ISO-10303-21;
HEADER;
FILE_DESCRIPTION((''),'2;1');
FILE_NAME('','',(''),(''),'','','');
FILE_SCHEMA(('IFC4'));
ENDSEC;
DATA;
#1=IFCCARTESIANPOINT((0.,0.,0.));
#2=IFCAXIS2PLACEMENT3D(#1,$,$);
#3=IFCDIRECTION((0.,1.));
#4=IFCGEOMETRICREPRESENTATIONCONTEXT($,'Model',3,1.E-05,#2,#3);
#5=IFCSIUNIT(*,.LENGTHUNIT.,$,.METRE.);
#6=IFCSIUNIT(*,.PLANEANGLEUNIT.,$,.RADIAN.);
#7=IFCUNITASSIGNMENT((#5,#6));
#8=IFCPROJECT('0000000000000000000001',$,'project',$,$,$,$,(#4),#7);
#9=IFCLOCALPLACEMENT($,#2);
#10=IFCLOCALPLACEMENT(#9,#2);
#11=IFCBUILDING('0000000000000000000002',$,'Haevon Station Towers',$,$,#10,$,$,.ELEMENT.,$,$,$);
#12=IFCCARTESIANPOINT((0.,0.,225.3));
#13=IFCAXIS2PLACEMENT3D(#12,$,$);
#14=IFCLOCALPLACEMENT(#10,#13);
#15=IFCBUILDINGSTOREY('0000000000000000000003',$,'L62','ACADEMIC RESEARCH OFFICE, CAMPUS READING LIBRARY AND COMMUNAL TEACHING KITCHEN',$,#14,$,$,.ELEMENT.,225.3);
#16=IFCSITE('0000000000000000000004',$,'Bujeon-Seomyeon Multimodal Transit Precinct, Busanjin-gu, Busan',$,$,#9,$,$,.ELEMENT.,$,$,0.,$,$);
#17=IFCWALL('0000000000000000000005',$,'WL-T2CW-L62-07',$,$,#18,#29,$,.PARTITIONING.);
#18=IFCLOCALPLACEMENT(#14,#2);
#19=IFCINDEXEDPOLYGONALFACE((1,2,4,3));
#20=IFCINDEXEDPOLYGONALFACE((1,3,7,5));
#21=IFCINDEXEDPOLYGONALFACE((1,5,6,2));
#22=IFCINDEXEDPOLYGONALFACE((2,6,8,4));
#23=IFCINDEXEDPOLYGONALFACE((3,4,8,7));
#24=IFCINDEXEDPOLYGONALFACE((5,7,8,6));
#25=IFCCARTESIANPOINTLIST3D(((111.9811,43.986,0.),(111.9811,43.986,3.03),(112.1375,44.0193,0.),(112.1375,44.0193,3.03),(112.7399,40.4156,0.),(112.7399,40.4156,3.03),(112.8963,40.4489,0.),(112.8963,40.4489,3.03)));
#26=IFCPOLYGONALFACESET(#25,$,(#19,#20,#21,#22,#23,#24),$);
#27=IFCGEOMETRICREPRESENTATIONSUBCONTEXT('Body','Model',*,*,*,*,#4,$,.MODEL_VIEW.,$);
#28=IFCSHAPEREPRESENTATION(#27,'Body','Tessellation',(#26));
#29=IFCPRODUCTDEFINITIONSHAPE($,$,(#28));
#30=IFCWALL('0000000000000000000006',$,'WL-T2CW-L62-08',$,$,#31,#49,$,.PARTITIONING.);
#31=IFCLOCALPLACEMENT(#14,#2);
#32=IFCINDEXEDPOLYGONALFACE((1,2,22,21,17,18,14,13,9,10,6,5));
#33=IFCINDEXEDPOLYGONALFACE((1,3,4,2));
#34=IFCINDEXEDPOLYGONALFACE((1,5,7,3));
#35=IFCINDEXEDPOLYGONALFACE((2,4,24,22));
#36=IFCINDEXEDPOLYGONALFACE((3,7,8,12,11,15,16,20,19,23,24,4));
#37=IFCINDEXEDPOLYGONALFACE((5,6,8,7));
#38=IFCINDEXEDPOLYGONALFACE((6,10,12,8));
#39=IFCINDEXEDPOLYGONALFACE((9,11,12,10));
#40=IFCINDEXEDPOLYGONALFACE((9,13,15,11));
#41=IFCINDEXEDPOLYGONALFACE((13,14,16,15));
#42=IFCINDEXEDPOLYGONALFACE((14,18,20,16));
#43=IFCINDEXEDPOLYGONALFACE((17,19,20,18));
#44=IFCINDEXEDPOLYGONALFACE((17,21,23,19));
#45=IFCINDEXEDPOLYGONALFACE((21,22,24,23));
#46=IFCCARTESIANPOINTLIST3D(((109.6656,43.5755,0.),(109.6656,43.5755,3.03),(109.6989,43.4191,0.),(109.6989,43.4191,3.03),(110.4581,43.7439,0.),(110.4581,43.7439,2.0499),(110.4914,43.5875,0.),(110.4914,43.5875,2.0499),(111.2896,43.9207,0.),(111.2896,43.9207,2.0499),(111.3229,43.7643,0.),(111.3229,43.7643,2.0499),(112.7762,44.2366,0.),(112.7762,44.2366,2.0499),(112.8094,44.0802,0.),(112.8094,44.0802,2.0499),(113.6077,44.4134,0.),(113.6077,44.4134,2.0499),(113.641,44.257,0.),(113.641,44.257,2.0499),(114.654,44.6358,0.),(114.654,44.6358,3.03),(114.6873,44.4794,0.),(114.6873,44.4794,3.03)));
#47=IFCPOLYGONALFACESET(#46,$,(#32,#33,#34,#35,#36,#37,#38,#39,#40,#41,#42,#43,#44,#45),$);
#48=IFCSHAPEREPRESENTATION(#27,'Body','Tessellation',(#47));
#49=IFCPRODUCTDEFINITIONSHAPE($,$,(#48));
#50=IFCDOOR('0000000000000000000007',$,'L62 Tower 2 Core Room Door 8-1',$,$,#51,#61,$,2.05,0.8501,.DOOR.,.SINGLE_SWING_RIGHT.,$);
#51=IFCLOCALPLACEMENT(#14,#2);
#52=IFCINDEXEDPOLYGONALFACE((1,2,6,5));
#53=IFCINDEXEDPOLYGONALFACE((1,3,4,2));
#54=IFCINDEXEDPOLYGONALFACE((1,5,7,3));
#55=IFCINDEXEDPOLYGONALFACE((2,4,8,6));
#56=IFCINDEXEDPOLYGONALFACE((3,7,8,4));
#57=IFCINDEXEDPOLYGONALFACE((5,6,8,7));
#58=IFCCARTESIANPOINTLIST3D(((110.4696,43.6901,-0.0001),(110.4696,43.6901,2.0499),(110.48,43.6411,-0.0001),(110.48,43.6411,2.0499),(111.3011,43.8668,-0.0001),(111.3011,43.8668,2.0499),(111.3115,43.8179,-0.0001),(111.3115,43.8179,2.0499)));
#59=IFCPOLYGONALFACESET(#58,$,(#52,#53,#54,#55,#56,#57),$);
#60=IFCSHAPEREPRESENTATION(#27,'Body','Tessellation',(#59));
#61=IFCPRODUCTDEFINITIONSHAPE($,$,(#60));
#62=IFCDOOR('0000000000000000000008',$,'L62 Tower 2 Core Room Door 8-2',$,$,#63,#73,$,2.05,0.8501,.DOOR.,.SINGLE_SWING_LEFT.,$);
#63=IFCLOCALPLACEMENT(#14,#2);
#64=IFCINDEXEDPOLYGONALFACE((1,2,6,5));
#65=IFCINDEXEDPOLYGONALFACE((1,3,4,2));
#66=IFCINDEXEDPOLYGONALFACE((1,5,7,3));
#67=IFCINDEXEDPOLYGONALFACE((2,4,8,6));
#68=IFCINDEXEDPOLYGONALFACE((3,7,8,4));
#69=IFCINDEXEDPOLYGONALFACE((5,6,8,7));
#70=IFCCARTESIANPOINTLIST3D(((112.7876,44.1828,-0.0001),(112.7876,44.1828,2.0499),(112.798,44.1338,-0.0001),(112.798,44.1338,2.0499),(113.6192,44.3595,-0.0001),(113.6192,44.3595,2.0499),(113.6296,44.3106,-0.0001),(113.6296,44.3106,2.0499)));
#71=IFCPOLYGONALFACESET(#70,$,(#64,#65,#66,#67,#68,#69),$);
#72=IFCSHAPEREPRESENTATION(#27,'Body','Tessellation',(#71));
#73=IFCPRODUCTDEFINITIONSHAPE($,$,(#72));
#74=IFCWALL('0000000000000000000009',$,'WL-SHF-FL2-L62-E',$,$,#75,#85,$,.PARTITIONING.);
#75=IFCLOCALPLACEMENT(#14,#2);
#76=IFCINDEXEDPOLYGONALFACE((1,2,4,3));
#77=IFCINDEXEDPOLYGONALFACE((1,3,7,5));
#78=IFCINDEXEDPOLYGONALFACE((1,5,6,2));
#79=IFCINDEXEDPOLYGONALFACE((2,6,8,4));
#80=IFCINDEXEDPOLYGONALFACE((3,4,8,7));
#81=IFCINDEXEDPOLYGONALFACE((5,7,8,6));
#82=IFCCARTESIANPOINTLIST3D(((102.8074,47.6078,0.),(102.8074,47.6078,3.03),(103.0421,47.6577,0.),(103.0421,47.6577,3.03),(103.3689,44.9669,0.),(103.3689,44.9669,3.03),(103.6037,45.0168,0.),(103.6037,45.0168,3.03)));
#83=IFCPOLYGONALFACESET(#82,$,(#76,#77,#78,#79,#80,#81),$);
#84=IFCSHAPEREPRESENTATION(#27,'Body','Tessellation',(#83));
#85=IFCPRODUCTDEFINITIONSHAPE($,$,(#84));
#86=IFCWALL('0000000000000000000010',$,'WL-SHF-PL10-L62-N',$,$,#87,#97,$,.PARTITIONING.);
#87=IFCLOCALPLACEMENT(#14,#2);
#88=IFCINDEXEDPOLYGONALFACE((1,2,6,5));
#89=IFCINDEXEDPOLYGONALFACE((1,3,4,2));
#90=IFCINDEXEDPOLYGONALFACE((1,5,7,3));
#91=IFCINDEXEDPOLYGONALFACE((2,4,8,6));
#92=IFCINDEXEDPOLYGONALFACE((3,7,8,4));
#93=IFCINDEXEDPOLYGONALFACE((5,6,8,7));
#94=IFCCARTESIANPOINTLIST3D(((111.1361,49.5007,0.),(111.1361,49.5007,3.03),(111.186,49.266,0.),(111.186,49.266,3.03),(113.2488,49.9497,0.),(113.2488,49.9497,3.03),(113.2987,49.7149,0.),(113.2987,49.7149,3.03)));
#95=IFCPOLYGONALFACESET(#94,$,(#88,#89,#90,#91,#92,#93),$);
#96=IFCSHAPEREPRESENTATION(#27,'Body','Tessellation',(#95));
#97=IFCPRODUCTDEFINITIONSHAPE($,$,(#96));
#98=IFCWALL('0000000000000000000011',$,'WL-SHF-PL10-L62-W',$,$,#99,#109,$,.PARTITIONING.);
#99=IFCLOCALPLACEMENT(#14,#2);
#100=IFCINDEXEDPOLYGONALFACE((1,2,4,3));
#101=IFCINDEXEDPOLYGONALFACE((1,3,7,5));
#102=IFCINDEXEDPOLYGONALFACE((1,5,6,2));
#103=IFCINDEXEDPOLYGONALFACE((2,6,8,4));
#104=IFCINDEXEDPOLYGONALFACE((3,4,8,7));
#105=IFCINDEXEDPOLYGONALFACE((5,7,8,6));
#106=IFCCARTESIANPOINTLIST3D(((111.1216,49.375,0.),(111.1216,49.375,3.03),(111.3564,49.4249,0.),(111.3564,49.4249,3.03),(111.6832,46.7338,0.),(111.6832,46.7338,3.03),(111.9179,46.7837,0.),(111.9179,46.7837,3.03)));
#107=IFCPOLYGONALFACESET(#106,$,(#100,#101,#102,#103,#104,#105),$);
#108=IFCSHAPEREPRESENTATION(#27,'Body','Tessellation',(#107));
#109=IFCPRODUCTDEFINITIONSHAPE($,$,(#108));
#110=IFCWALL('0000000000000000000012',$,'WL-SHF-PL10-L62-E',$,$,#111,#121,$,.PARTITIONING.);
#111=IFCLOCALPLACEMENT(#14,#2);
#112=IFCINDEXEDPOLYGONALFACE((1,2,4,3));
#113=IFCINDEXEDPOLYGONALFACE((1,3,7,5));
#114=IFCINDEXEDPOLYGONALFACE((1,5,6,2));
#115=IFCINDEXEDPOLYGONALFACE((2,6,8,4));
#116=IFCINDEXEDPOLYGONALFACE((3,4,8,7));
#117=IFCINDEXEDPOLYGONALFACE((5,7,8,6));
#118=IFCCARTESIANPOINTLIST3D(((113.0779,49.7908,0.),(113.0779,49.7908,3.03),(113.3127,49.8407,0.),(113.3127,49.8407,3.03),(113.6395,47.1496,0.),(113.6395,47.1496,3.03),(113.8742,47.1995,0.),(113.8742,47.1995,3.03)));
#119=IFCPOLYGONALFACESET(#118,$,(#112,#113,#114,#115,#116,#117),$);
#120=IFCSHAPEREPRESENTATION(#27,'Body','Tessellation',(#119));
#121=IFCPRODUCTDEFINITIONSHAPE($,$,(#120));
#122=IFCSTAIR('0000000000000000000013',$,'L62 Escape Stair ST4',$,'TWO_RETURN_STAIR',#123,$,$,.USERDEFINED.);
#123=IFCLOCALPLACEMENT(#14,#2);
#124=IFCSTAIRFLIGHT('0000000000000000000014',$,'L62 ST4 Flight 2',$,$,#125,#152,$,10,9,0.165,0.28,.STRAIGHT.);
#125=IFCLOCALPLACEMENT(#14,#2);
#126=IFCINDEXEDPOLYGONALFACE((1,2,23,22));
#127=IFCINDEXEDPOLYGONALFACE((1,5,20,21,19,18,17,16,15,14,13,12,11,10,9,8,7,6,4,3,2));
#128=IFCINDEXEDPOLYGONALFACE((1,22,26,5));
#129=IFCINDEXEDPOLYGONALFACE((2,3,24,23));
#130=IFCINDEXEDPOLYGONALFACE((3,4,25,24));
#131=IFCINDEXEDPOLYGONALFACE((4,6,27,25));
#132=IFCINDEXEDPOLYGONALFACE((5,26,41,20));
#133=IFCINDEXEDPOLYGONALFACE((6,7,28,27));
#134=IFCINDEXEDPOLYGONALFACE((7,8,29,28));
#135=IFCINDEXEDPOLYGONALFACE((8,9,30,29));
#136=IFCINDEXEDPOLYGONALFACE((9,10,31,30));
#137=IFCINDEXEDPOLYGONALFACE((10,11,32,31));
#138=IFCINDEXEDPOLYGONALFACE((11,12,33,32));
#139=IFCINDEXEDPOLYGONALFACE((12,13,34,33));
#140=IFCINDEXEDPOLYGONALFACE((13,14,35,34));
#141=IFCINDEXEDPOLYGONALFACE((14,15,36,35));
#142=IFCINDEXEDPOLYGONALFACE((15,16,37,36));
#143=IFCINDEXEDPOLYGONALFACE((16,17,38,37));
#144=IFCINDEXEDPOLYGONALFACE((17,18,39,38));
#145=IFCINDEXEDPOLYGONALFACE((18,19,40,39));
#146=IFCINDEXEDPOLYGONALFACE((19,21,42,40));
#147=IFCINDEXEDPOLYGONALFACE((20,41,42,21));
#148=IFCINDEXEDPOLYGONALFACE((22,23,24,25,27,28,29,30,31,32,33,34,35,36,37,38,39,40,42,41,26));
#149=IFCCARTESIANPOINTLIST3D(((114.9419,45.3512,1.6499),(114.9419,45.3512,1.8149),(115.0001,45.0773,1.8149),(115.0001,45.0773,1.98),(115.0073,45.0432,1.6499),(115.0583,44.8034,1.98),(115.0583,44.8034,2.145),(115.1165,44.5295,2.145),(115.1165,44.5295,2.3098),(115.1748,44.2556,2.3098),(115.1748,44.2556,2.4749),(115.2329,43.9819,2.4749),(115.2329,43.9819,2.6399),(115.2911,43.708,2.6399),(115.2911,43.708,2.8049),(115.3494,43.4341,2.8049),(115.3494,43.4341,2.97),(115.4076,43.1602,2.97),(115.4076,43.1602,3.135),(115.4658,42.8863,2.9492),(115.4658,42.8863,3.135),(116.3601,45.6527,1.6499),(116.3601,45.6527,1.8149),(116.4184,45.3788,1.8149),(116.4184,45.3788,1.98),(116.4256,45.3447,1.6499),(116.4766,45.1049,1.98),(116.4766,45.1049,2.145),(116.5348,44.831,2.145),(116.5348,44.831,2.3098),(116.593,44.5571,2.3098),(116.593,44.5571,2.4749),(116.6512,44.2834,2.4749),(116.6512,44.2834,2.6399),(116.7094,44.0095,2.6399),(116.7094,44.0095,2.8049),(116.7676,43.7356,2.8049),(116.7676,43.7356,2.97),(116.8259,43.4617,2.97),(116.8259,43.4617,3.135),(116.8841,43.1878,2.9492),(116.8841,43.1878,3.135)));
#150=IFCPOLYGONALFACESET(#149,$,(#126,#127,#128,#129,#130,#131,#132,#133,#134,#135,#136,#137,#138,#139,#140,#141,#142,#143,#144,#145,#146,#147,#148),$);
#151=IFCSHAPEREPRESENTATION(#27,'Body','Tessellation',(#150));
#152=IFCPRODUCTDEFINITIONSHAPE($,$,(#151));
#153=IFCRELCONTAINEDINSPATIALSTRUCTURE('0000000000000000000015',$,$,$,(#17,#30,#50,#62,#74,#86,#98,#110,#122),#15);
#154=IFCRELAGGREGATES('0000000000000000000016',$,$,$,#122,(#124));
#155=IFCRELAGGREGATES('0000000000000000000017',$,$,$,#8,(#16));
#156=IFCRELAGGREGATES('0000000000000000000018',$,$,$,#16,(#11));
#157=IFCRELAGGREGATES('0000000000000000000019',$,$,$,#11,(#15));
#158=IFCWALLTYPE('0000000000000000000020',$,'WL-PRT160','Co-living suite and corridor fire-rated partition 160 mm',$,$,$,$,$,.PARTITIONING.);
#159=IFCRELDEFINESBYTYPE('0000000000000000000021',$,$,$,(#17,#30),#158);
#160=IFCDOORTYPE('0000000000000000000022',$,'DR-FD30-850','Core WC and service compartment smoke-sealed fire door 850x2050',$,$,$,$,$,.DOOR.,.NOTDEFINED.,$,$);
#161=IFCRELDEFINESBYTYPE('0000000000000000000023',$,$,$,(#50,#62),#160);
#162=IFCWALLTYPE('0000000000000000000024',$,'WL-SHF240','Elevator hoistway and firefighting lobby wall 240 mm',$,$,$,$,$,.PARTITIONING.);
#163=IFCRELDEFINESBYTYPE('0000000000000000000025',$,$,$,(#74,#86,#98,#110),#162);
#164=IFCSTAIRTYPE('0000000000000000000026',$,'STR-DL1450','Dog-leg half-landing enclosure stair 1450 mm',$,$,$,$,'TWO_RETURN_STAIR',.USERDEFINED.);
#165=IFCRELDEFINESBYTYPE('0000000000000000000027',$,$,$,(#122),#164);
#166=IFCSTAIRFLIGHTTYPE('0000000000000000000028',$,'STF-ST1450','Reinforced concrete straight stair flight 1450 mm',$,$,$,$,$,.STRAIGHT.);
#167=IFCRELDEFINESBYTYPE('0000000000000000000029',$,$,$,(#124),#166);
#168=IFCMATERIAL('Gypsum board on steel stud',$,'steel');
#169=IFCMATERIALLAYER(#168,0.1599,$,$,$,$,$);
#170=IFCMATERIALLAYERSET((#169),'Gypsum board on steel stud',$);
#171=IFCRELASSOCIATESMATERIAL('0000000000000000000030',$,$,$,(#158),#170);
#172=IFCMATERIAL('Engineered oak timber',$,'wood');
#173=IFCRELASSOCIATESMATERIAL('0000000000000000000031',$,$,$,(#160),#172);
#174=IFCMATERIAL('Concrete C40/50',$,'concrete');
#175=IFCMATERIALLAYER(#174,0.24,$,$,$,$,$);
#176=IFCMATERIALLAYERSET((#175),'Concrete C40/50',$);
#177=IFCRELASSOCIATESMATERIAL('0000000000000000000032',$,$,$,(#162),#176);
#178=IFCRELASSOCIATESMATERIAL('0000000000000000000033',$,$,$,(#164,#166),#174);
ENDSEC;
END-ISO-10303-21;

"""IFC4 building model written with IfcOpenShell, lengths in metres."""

from ifc_helpers import new_model, si_unit, direction, frame, frame_2d, origin, place, context, subcontext, project, spatial, polyline, rectangle, outline, extrude, material, layer, layer_set, type_object, element, fill, aggregate, save


model = new_model("IFC4")

# Units and contexts
model_context = context("Model", 3, precision=1e-05, world=origin(), true_north=direction((0.0, 1.0)))
body_context = subcontext(model_context, "Body", "Model", "MODEL_VIEW")
ifc_project = project(units=[si_unit("LENGTHUNIT", "METRE"), si_unit("PLANEANGLEUNIT", "RADIAN")], contexts=[model_context])

# Site, building, storey
site_placement = place(None, origin())
site = spatial("IfcSite", under=ifc_project, at=site_placement, Name="Bujeon-Seomyeon Multimodal Transit Precinct, Busanjin-gu, Busan", CompositionType="ELEMENT", RefElevation=0.0)
building_placement = place(site_placement, origin())
building = spatial("IfcBuilding", under=site, at=building_placement, Name="Haevon Station Towers", CompositionType="ELEMENT")
storey_placement = place(building_placement, frame((0.0, 0.0, 225.3)))
storey = spatial("IfcBuildingStorey", under=building, at=storey_placement, Name="L62", Description="ACADEMIC RESEARCH OFFICE, CAMPUS READING LIBRARY AND COMMUNAL TEACHING KITCHEN", CompositionType="ELEMENT", Elevation=225.3)

# Shared definitions
ifc_material_1 = material(Name="Gypsum board on steel stud", Category="steel")
ifc_material_2 = material(Name="Engineered oak timber", Category="wood")

# Shared definitions
ifc_layer_1 = layer(ifc_material_1, 0.1599)
ifc_layer_set_1 = layer_set([ifc_layer_1], Name="Gypsum board on steel stud")
wall_type_1 = type_object("IfcWallType", Name="WL-PRT160", Description="Co-living suite and corridor fire-rated partition 160 mm", PredefinedType="PARTITIONING", material=ifc_layer_set_1)

# Wall
wall_1_placement = place(storey_placement, frame((112.8181, 40.4321, 0.0), z_axis=(0.0, 0.0, 1.0), x_axis=(-0.207884, 0.978153, 0.0)))
element("IfcWall", 1, at=wall_1_placement, inside=storey, type_object=wall_type_1, Name="WL-T2CW-L62-07", PredefinedType="PARTITIONING", context=body_context, shape_type="SweptSolid", body=[
    extrude(rectangle(XDim=3.6501, YDim=0.1599, at=frame_2d((1.8252, 0.0))), origin(), (0.0, 0.0, 1.0), 3.03),
])

# Wall, openings, doors
wall_2_placement = place(storey_placement, frame((109.6824, 43.4973, 0.0), z_axis=(0.0, 0.0, 1.0), x_axis=(0.978149, 0.207904, 0.0)))
wall_2 = element("IfcWall", 2, at=wall_2_placement, inside=storey, type_object=wall_type_1, Name="WL-T2CW-L62-08", PredefinedType="PARTITIONING", context=body_context, shape_type="SweptSolid", body=[
    extrude(rectangle(XDim=5.0999, YDim=0.1599, at=frame_2d((2.5498, 0.0))), origin(), (0.0, 0.0, 1.0), 3.03),
])
opening_1_placement = place(wall_2_placement, frame((0.8101, 0.0, 0.0)))
opening_1 = element("IfcOpeningElement", 3, at=opening_1_placement, cuts=wall_2, PredefinedType="OPENING", context=body_context, shape_type="SweptSolid", body=[
    extrude(rectangle(XDim=0.8501, YDim=2.05, at=frame_2d((0.425, 1.0249))), frame((0.0, 0.0898, 0.0), z_axis=(0.0, -1.0, 0.0), x_axis=(1.0, 0.0, 0.0)), (0.0, 0.0, 1.0), 0.1799),
])
opening_2_placement = place(wall_2_placement, frame((3.1799, 0.0, 0.0)))
opening_2 = element("IfcOpeningElement", 4, at=opening_2_placement, cuts=wall_2, PredefinedType="OPENING", context=body_context, shape_type="SweptSolid", body=[
    extrude(rectangle(XDim=0.8501, YDim=2.05, at=frame_2d((0.425, 1.0249))), frame((0.0, 0.0898, 0.0), z_axis=(0.0, -1.0, 0.0), x_axis=(1.0, 0.0, 0.0)), (0.0, 0.0, 1.0), 0.1799),
])
door_type_1 = type_object("IfcDoorType", Name="DR-FD30-850", Description="Core WC and service compartment smoke-sealed fire door 850x2050", OperationType="NOTDEFINED", PredefinedType="DOOR", material=ifc_material_2)
door_1_placement = place(opening_1_placement, origin())
door_1 = element("IfcDoor", 5, at=door_1_placement, inside=storey, type_object=door_type_1, Name="L62 Tower 2 Core Room Door 8-1", OperationType="SINGLE_SWING_RIGHT", OverallHeight=2.05, OverallWidth=0.8501, PredefinedType="DOOR", context=body_context, shape_type="SweptSolid", body=[
    extrude(rectangle(XDim=0.8501, YDim=2.05, at=frame_2d((0.425, 1.0249))), frame((0.0, 0.0249, 0.0), z_axis=(0.0, -1.0, 0.0), x_axis=(1.0, 0.0, 0.0)), (0.0, 0.0, 1.0), 0.05),
])
fill(opening_1, door_1)
door_2_placement = place(opening_2_placement, origin())
door_2 = element("IfcDoor", 6, at=door_2_placement, inside=storey, type_object=door_type_1, Name="L62 Tower 2 Core Room Door 8-2", OperationType="SINGLE_SWING_LEFT", OverallHeight=2.05, OverallWidth=0.8501, PredefinedType="DOOR", context=body_context, shape_type="SweptSolid", body=[
    extrude(rectangle(XDim=0.8501, YDim=2.05, at=frame_2d((0.425, 1.0249))), frame((0.0, 0.0249, 0.0), z_axis=(0.0, -1.0, 0.0), x_axis=(1.0, 0.0, 0.0)), (0.0, 0.0, 1.0), 0.05),
])
fill(opening_2, door_2)

# Shared definitions
ifc_material_3 = material(Name="Concrete C40/50", Category="concrete")
ifc_layer_2 = layer(ifc_material_3, 0.24)
ifc_layer_set_2 = layer_set([ifc_layer_2], Name="Concrete C40/50")
wall_type_2 = type_object("IfcWallType", Name="WL-SHF240", Description="Elevator hoistway and firefighting lobby wall 240 mm", PredefinedType="PARTITIONING", material=ifc_layer_set_2)

# Wall
wall_3_placement = place(storey_placement, frame((103.4863, 44.9917, 0.0), z_axis=(0.0, 0.0, 1.0), x_axis=(-0.207979, 0.978133, 0.0)))
element("IfcWall", 7, at=wall_3_placement, inside=storey, type_object=wall_type_2, Name="WL-SHF-FL2-L62-E", PredefinedType="PARTITIONING", context=body_context, shape_type="SweptSolid", body=[
    extrude(rectangle(XDim=2.7, YDim=0.24, at=frame_2d((1.3501, 0.0))), origin(), (0.0, 0.0, 1.0), 3.03),
])

# Walls
wall_4_placement = place(storey_placement, frame((111.1609, 49.3833, 0.0), z_axis=(0.0, 0.0, 1.0), x_axis=(0.978158, 0.207861, 0.0)))
element("IfcWall", 8, at=wall_4_placement, inside=storey, type_object=wall_type_2, Name="WL-SHF-PL10-L62-N", PredefinedType="PARTITIONING", context=body_context, shape_type="SweptSolid", body=[
    extrude(rectangle(XDim=2.1599, YDim=0.24, at=frame_2d((1.0801, 0.0))), origin(), (0.0, 0.0, 1.0), 3.03),
])
for number, where, z_axis, x_axis, name in (
    (9, (111.8005, 46.7588, 0.0), (0.0, 0.0, 1.0), (-0.20796, 0.978137, 0.0), "WL-SHF-PL10-L62-W"),
    (10, (113.7568, 47.1746, 0.0), (0.0, 0.0, 1.0), (-0.20796, 0.978137, 0.0), "WL-SHF-PL10-L62-E"),
):
    element("IfcWall", number, at=place(storey_placement, frame(where, z_axis=z_axis, x_axis=x_axis)), inside=storey, type_object=wall_type_2, Name=name, PredefinedType="PARTITIONING", context=body_context, shape_type="SweptSolid", body=[
        extrude(rectangle(XDim=2.7002, YDim=0.24, at=frame_2d((1.3501, 0.0))), origin(), (0.0, 0.0, 1.0), 3.03),
    ])

# Stair, stair flight
stair_type = type_object("IfcStairType", Name="STR-DL1450", Description="Dog-leg half-landing enclosure stair 1450 mm", ElementType="TWO_RETURN_STAIR", PredefinedType="USERDEFINED", material=ifc_material_3)
stair_placement = place(storey_placement, origin())
stair = element("IfcStair", 11, at=stair_placement, inside=storey, type_object=stair_type, Name="L62 Escape Stair ST4", ObjectType="TWO_RETURN_STAIR", PredefinedType="USERDEFINED")
stair_flight_type = type_object("IfcStairFlightType", Name="STF-ST1450", Description="Reinforced concrete straight stair flight 1450 mm", PredefinedType="STRAIGHT", material=ifc_material_3)
stair_flight_placement = place(storey_placement, frame((115.6509, 45.502, 1.6499), z_axis=(0.0, 0.0, 1.0), x_axis=(0.207912, -0.978148, 0.0)))
stair_flight = element("IfcStairFlight", 12, at=stair_flight_placement, type_object=stair_flight_type, Name="L62 ST4 Flight 2", NumberOfRisers=10, NumberOfTreads=9, PredefinedType="STRAIGHT", RiserHeight=0.165, TreadLength=0.28, context=body_context, shape_type="SweptSolid", body=[
    extrude(outline(polyline([(0.0, 0.0), (0.0, 0.165), (0.28, 0.165), (0.28, 0.3301), (0.5601, 0.3301), (0.5601, 0.4951), (0.8401, 0.4951), (0.8401, 0.6599), (1.1201, 0.6599), (1.1201, 0.825), (1.3999, 0.825), (1.3999, 0.99), (1.6799, 0.99), (1.6799, 1.155), (1.96, 1.155), (1.96, 1.3201), (2.24, 1.3201), (2.24, 1.4851), (2.52, 1.4851), (2.52, 1.6499), (2.52, 1.2993), (0.3149, 0.0), (0.0, 0.0)])), frame((0.0, 0.7251, 0.0), z_axis=(0.0, -1.0, 0.0), x_axis=(1.0, 0.0, 0.0)), (0.0, 0.0, 1.0), 1.45),
])
aggregate(stair, [stair_flight])

save(model, "model.ifc")
